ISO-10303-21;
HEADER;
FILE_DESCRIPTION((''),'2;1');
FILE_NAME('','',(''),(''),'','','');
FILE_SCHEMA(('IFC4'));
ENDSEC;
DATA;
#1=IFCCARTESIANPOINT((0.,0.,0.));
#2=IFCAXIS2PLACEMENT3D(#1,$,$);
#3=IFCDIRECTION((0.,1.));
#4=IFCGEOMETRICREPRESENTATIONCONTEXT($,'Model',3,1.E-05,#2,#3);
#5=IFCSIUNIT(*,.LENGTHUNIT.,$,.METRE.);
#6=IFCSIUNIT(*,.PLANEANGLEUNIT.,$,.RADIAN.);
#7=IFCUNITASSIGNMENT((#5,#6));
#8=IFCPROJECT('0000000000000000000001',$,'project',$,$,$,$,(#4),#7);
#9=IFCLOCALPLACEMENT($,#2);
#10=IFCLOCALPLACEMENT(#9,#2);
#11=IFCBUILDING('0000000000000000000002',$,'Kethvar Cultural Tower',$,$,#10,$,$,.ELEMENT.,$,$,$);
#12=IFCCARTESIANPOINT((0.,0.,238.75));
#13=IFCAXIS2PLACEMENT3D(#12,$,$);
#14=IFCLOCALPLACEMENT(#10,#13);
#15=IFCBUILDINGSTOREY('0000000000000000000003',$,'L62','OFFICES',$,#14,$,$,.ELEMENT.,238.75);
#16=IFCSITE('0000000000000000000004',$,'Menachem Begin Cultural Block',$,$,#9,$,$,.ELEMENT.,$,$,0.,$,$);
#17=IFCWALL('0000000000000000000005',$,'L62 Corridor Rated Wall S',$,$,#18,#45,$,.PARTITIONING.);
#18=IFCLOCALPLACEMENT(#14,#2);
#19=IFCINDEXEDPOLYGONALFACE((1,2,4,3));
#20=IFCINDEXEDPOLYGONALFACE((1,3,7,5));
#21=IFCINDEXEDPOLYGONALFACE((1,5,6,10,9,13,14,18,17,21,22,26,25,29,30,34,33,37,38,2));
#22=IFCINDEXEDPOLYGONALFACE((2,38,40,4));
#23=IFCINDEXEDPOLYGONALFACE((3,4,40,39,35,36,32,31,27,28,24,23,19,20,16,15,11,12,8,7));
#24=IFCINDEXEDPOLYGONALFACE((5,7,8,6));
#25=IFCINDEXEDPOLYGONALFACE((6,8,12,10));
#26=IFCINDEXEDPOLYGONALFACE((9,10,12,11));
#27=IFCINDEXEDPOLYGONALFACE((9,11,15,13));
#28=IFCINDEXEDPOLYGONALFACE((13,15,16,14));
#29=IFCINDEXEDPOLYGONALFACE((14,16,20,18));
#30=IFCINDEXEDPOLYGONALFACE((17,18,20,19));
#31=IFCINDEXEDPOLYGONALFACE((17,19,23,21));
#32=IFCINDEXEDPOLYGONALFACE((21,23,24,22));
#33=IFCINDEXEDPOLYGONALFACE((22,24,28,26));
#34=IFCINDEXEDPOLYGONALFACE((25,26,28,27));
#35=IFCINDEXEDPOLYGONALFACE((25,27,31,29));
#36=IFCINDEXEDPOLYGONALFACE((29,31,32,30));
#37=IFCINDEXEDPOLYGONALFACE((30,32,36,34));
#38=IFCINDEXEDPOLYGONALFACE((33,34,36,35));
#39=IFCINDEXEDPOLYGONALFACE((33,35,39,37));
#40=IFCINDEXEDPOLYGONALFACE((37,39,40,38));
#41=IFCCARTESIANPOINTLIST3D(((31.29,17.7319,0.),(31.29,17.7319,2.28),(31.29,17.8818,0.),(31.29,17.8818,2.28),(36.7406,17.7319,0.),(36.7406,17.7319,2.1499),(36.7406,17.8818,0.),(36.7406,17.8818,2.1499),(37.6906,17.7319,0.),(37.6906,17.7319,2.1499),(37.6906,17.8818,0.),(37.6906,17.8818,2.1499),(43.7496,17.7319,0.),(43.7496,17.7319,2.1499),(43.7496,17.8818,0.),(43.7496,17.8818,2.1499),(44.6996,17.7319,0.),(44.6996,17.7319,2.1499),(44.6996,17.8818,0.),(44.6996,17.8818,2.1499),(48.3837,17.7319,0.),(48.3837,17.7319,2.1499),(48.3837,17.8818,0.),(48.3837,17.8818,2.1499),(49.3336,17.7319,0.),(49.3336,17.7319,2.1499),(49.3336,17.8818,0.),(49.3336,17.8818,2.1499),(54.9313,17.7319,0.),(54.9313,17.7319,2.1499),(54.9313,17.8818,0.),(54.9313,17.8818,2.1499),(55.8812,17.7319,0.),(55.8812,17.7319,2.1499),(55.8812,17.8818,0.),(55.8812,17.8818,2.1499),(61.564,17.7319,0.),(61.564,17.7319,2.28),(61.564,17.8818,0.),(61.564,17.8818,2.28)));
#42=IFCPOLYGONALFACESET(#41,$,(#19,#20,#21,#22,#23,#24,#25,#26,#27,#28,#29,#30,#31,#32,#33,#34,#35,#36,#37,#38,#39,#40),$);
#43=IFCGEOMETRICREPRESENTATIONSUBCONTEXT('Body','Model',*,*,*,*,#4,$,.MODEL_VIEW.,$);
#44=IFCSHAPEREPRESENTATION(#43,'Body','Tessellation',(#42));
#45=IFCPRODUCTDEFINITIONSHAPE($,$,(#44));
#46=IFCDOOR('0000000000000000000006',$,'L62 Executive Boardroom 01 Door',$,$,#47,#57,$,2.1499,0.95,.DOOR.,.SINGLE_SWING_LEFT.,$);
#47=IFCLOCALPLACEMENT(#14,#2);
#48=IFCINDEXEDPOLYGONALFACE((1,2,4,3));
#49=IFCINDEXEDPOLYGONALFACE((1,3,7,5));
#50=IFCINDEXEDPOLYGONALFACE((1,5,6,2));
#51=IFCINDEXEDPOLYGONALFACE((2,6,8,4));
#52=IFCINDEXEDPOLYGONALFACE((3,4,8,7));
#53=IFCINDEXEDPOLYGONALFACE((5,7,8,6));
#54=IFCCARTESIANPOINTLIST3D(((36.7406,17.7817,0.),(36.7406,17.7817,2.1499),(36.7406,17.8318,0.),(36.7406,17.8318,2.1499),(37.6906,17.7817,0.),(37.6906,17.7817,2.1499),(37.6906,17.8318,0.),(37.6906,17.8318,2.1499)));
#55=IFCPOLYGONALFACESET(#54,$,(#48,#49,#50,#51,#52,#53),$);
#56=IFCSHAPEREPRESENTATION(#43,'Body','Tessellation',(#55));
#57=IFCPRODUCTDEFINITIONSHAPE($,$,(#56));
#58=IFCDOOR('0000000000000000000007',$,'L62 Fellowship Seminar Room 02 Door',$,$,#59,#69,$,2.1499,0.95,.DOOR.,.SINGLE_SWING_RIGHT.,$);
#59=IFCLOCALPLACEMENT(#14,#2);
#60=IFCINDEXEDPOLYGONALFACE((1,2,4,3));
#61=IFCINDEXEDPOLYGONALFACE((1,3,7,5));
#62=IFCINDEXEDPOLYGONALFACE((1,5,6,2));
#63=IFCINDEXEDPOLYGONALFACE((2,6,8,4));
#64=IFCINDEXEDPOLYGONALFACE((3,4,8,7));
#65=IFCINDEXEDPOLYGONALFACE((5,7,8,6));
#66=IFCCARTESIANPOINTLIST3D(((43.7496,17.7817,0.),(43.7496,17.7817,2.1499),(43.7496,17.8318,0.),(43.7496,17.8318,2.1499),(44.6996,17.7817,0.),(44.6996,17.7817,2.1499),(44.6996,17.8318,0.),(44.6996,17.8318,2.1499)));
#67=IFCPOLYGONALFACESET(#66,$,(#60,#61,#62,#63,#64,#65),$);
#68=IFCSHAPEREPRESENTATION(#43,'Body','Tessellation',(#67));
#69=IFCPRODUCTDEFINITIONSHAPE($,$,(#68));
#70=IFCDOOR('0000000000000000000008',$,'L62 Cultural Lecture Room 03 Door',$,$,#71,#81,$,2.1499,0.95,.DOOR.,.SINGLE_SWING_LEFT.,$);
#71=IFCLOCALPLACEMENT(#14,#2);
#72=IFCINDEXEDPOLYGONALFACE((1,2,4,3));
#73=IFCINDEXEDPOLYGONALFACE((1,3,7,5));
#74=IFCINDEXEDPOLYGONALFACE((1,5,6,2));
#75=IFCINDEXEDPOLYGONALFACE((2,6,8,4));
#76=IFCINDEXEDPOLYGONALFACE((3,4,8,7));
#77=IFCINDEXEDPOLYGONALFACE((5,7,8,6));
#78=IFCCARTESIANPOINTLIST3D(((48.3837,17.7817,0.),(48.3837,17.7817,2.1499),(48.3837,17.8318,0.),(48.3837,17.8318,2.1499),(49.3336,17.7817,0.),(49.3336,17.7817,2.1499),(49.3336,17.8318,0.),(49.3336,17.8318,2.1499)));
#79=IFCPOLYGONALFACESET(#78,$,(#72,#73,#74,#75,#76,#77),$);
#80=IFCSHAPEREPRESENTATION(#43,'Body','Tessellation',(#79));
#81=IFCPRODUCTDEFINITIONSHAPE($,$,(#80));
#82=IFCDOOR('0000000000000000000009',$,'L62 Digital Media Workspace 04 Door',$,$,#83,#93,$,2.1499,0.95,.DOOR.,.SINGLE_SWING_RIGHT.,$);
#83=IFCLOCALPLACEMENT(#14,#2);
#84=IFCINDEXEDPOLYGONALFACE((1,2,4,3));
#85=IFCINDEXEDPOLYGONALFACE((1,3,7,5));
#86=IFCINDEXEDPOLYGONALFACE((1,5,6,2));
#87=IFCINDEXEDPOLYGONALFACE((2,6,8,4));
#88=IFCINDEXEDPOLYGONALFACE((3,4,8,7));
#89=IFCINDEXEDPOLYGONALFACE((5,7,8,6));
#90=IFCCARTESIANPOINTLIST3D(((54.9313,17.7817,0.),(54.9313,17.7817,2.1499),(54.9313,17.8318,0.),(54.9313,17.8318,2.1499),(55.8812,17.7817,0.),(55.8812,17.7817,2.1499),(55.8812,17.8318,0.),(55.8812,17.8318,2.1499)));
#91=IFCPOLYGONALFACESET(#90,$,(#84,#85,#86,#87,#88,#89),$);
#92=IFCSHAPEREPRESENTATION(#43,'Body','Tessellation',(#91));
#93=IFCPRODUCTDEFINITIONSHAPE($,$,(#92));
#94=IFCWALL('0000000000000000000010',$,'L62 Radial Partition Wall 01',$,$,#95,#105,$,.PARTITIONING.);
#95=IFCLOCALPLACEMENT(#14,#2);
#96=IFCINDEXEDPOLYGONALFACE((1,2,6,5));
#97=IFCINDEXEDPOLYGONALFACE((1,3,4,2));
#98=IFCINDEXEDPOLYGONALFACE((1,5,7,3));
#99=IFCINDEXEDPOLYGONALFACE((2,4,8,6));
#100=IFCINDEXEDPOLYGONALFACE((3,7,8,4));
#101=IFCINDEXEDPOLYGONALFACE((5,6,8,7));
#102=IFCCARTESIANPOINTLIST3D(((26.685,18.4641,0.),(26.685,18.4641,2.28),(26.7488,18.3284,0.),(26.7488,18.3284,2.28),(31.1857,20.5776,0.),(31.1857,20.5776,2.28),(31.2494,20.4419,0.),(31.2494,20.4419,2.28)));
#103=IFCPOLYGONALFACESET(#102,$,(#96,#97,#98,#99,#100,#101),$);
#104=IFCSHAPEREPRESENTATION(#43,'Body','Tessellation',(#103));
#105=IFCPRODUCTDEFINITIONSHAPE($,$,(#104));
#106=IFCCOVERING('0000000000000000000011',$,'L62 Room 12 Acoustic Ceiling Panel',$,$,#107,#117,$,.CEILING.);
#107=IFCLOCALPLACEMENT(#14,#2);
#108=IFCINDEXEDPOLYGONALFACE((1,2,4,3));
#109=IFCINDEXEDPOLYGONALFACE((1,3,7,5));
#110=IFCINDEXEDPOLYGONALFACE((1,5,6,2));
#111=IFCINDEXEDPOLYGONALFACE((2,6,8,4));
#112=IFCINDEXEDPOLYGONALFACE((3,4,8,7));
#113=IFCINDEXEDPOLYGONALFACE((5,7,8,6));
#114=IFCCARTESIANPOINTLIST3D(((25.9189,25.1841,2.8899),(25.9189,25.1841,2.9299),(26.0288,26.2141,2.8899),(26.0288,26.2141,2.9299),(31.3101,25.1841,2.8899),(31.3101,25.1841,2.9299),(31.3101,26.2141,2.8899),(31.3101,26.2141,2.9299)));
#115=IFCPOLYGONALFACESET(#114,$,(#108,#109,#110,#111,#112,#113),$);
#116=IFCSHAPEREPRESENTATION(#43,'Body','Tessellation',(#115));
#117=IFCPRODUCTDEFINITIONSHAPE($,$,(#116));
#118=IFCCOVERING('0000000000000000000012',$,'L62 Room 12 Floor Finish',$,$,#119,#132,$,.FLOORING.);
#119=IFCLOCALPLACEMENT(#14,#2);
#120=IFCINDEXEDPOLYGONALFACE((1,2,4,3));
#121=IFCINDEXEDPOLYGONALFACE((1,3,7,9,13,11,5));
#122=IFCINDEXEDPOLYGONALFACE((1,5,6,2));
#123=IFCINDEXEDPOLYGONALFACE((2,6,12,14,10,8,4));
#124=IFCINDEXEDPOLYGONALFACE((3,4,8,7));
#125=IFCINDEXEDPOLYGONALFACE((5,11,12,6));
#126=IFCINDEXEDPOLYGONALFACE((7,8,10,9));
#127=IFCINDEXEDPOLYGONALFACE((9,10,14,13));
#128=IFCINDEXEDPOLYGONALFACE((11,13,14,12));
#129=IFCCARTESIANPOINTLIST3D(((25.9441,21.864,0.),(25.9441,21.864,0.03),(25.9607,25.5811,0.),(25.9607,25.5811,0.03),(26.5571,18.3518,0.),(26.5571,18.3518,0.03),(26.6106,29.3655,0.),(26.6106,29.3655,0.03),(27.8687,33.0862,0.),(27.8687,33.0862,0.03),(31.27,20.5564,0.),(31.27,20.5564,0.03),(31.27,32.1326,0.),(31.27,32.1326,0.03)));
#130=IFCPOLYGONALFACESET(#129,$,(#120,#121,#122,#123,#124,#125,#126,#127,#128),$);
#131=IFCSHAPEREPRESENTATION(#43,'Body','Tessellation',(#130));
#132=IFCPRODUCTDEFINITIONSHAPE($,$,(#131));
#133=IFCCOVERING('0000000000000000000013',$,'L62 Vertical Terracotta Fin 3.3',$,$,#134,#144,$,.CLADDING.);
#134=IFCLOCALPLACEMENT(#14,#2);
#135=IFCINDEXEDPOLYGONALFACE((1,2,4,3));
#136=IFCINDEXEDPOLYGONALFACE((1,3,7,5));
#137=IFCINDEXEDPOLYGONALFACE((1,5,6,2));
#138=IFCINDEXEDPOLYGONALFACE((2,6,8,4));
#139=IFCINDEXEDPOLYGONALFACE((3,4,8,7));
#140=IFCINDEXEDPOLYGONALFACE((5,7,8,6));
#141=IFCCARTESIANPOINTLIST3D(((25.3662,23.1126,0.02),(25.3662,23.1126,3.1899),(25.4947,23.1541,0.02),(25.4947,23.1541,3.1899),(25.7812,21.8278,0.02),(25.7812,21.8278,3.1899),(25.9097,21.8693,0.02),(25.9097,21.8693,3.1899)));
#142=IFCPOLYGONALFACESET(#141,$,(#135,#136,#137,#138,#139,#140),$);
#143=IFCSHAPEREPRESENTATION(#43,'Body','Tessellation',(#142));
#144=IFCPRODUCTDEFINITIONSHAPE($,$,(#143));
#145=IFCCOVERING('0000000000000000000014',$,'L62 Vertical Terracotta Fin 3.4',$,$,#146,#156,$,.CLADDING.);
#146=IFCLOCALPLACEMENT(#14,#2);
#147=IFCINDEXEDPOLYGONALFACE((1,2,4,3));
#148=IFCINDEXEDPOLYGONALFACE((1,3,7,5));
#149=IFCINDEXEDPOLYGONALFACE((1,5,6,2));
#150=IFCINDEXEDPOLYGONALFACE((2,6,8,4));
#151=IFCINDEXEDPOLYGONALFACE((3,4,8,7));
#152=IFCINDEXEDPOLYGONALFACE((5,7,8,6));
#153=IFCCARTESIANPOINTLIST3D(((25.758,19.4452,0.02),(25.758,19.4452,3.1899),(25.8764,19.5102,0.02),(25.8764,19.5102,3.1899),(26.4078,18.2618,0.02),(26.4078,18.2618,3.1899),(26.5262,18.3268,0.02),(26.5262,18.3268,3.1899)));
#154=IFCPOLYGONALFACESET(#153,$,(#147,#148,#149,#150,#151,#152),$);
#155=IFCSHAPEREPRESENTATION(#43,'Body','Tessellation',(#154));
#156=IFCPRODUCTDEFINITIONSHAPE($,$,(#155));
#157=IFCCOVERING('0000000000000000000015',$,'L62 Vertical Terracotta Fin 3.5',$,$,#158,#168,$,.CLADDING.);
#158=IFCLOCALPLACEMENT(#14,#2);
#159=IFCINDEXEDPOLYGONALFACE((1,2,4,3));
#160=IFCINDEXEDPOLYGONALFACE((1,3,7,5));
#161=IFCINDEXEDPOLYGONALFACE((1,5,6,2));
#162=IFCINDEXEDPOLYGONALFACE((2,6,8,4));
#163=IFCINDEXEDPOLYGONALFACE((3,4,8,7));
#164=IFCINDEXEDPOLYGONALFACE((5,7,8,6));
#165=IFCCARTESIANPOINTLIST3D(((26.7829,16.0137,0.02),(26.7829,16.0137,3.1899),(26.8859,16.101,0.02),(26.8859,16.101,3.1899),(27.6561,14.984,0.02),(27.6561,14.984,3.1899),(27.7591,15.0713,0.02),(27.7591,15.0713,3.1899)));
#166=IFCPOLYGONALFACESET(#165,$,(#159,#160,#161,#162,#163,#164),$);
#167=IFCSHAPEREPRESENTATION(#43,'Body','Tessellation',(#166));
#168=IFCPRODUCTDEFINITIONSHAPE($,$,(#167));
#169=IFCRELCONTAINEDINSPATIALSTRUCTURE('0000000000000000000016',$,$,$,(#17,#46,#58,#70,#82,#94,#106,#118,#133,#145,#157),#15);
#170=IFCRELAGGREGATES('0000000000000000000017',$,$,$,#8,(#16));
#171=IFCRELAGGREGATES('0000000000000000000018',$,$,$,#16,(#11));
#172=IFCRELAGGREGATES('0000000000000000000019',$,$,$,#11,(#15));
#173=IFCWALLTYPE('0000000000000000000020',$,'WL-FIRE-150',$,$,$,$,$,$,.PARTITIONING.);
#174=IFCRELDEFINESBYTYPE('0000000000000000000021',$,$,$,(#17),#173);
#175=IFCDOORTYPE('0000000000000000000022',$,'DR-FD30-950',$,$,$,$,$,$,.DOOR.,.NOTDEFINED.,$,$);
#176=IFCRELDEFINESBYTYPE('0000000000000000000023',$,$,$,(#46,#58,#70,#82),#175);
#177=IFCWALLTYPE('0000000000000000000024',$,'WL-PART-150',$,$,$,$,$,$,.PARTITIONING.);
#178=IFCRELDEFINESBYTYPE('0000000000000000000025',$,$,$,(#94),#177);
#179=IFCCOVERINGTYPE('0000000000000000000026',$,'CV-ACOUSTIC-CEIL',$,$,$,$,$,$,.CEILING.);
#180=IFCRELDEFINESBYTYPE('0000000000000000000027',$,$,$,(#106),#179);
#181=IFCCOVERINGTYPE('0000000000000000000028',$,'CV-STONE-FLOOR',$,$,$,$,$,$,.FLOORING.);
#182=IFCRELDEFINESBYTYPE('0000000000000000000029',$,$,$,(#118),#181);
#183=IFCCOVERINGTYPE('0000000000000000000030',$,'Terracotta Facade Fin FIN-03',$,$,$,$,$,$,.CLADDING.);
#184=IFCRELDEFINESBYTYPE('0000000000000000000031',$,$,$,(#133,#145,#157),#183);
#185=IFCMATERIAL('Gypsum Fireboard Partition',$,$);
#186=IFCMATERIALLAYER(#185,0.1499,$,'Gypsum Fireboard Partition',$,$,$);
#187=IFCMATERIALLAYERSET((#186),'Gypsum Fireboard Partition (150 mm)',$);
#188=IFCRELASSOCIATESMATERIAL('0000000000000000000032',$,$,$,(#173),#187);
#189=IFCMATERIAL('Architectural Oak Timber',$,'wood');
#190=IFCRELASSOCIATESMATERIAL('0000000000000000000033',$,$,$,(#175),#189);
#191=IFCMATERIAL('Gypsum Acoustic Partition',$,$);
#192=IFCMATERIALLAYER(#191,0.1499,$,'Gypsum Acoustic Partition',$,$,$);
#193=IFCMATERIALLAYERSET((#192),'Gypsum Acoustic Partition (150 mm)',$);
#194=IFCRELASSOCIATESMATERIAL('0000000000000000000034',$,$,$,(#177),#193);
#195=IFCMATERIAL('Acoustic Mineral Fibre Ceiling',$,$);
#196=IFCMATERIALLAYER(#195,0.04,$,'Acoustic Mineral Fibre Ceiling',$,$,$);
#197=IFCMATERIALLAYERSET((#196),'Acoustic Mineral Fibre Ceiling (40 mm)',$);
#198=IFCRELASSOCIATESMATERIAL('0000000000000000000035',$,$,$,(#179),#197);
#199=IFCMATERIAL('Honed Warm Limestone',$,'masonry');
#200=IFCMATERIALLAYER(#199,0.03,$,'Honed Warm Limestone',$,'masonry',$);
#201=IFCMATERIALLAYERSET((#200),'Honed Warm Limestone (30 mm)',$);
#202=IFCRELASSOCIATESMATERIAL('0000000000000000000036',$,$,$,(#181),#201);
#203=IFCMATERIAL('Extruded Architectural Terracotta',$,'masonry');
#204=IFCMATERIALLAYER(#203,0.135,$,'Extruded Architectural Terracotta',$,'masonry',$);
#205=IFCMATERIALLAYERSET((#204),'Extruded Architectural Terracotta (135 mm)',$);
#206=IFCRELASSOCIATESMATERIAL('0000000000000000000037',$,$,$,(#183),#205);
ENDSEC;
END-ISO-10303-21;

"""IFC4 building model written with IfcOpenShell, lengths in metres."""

from ifc_helpers import new_model, si_unit, direction, frame, frame_2d, origin, origin_2d, place, context, subcontext, project, spatial, polyline, rectangle, outline, extrude, source, transform, mapped, material, layer, layer_set, type_object, element, fill, save


model = new_model("IFC4")

# Units and contexts
model_context = context("Model", 3, precision=1e-05, world=origin(), true_north=direction((0.0, 1.0)))
body_context = subcontext(model_context, "Body", "Model", "MODEL_VIEW")
ifc_project = project(units=[si_unit("LENGTHUNIT", "METRE"), si_unit("PLANEANGLEUNIT", "RADIAN")], contexts=[model_context])

# Site, building, storey
site_placement = place(None, origin())
site = spatial("IfcSite", under=ifc_project, at=site_placement, Name="Menachem Begin Cultural Block", CompositionType="ELEMENT", RefElevation=0.0)
building_placement = place(site_placement, origin())
building = spatial("IfcBuilding", under=site, at=building_placement, Name="Kethvar Cultural Tower", CompositionType="ELEMENT")
storey_placement = place(building_placement, frame((0.0, 0.0, 238.75)))
storey = spatial("IfcBuildingStorey", under=building, at=storey_placement, Name="L62", Description="OFFICES", CompositionType="ELEMENT", Elevation=238.75)

# Wall, openings, doors
ifc_material_1 = material(Name="Gypsum Fireboard Partition")
ifc_layer_1 = layer(ifc_material_1, 0.1499, Name="Gypsum Fireboard Partition")
ifc_layer_set_1 = layer_set([ifc_layer_1], Name="Gypsum Fireboard Partition (150 mm)")
wall_type_1 = type_object("IfcWallType", Name="WL-FIRE-150", PredefinedType="PARTITIONING", material=ifc_layer_set_1)
wall_1_placement = place(storey_placement, frame((31.29, 17.8069, 0.0), z_axis=(0.0, 0.0, 1.0), x_axis=(1.0, 0.0, 0.0)))
wall_1 = element("IfcWall", 1, at=wall_1_placement, inside=storey, type_object=wall_type_1, Name="L62 Corridor Rated Wall S", PredefinedType="PARTITIONING", context=body_context, shape_type="SweptSolid", body=[
    extrude(rectangle(XDim=30.2739, YDim=0.1499, at=frame_2d((15.137, 0.0))), origin(), (0.0, 0.0, 1.0), 2.28),
])
opening_1_placement = place(wall_1_placement, frame((5.4504, 0.0, 0.0)))
opening_1 = element("IfcOpeningElement", 2, at=opening_1_placement, cuts=wall_1, PredefinedType="OPENING", context=body_context, shape_type="SweptSolid", body=[
    extrude(rectangle(XDim=0.95, YDim=2.1499, at=frame_2d((0.4751, 1.075))), frame((0.0, 0.085, 0.0), z_axis=(0.0, -1.0, 0.0), x_axis=(1.0, 0.0, 0.0)), (0.0, 0.0, 1.0), 0.1699),
])
opening_2_placement = place(wall_1_placement, frame((12.4595, 0.0, 0.0)))
opening_2 = element("IfcOpeningElement", 3, at=opening_2_placement, cuts=wall_1, PredefinedType="OPENING", context=body_context, shape_type="SweptSolid", body=[
    extrude(rectangle(XDim=0.95, YDim=2.1499, at=frame_2d((0.4751, 1.075))), frame((0.0, 0.085, 0.0), z_axis=(0.0, -1.0, 0.0), x_axis=(1.0, 0.0, 0.0)), (0.0, 0.0, 1.0), 0.1699),
])
opening_3_placement = place(wall_1_placement, frame((17.0935, 0.0, 0.0)))
opening_3 = element("IfcOpeningElement", 4, at=opening_3_placement, cuts=wall_1, PredefinedType="OPENING", context=body_context, shape_type="SweptSolid", body=[
    extrude(rectangle(XDim=0.95, YDim=2.1499, at=frame_2d((0.4751, 1.075))), frame((0.0, 0.085, 0.0), z_axis=(0.0, -1.0, 0.0), x_axis=(1.0, 0.0, 0.0)), (0.0, 0.0, 1.0), 0.1699),
])
opening_4_placement = place(wall_1_placement, frame((23.6411, 0.0, 0.0)))
opening_4 = element("IfcOpeningElement", 5, at=opening_4_placement, cuts=wall_1, PredefinedType="OPENING", context=body_context, shape_type="SweptSolid", body=[
    extrude(rectangle(XDim=0.95, YDim=2.1499, at=frame_2d((0.4751, 1.075))), frame((0.0, 0.085, 0.0), z_axis=(0.0, -1.0, 0.0), x_axis=(1.0, 0.0, 0.0)), (0.0, 0.0, 1.0), 0.1699),
])
ifc_material_2 = material(Name="Architectural Oak Timber", Category="wood")
door_type = type_object("IfcDoorType", Name="DR-FD30-950", OperationType="NOTDEFINED", PredefinedType="DOOR", material=ifc_material_2)
shared_shape_1 = source(origin(), body_context, "Body", "SweptSolid", [
    extrude(rectangle(XDim=0.95, YDim=2.1499, at=frame_2d((0.4751, 1.075))), frame((0.0, 0.0249, 0.0), z_axis=(0.0, -1.0, 0.0), x_axis=(1.0, 0.0, 0.0)), (0.0, 0.0, 1.0), 0.05),
])
door_1_placement = place(opening_1_placement, origin())
door_1 = element("IfcDoor", 6, at=door_1_placement, inside=storey, type_object=door_type, Name="L62 Executive Boardroom 01 Door", OperationType="SINGLE_SWING_LEFT", OverallHeight=2.1499, OverallWidth=0.95, PredefinedType="DOOR", context=body_context, shape_type="MappedRepresentation", body=[
    mapped(shared_shape_1, transform((0.0, 0.0, 0.0), scale=1.0)),
])
fill(opening_1, door_1)
door_2_placement = place(opening_2_placement, origin())
door_2 = element("IfcDoor", 7, at=door_2_placement, inside=storey, type_object=door_type, Name="L62 Fellowship Seminar Room 02 Door", OperationType="SINGLE_SWING_RIGHT", OverallHeight=2.1499, OverallWidth=0.95, PredefinedType="DOOR", context=body_context, shape_type="MappedRepresentation", body=[
    mapped(shared_shape_1, transform((0.0, 0.0, 0.0), scale=1.0)),
])
fill(opening_2, door_2)
door_3_placement = place(opening_3_placement, origin())
door_3 = element("IfcDoor", 8, at=door_3_placement, inside=storey, type_object=door_type, Name="L62 Cultural Lecture Room 03 Door", OperationType="SINGLE_SWING_LEFT", OverallHeight=2.1499, OverallWidth=0.95, PredefinedType="DOOR", context=body_context, shape_type="MappedRepresentation", body=[
    mapped(shared_shape_1, transform((0.0, 0.0, 0.0), scale=1.0)),
])
fill(opening_3, door_3)
door_4_placement = place(opening_4_placement, origin())
door_4 = element("IfcDoor", 9, at=door_4_placement, inside=storey, type_object=door_type, Name="L62 Digital Media Workspace 04 Door", OperationType="SINGLE_SWING_RIGHT", OverallHeight=2.1499, OverallWidth=0.95, PredefinedType="DOOR", context=body_context, shape_type="MappedRepresentation", body=[
    mapped(shared_shape_1, transform((0.0, 0.0, 0.0), scale=1.0)),
])
fill(opening_4, door_4)

# Wall
ifc_material_3 = material(Name="Gypsum Acoustic Partition")
ifc_layer_2 = layer(ifc_material_3, 0.1499, Name="Gypsum Acoustic Partition")
ifc_layer_set_2 = layer_set([ifc_layer_2], Name="Gypsum Acoustic Partition (150 mm)")
wall_type_2 = type_object("IfcWallType", Name="WL-PART-150", PredefinedType="PARTITIONING", material=ifc_layer_set_2)
wall_2_placement = place(storey_placement, frame((31.2175, 20.5098, 0.0), z_axis=(0.0, 0.0, 1.0), x_axis=(-0.905164, -0.425062, 0.0)))
element("IfcWall", 10, at=wall_2_placement, inside=storey, type_object=wall_type_2, Name="L62 Radial Partition Wall 01", PredefinedType="PARTITIONING", context=body_context, shape_type="SweptSolid", body=[
    extrude(rectangle(XDim=4.9722, YDim=0.1499, at=frame_2d((2.4861, 0.0))), origin(), (0.0, 0.0, 1.0), 2.28),
])

# Coverings
ifc_material_4 = material(Name="Acoustic Mineral Fibre Ceiling")
ifc_layer_3 = layer(ifc_material_4, 0.04, Name="Acoustic Mineral Fibre Ceiling")
ifc_layer_set_3 = layer_set([ifc_layer_3], Name="Acoustic Mineral Fibre Ceiling (40 mm)")
covering_type_1 = type_object("IfcCoveringType", Name="CV-ACOUSTIC-CEIL", PredefinedType="CEILING", material=ifc_layer_set_3)
covering_1_placement = place(storey_placement, frame((0.0, 0.0, 2.8899)))
element("IfcCovering", 11, at=covering_1_placement, inside=storey, type_object=covering_type_1, Name="L62 Room 12 Acoustic Ceiling Panel", PredefinedType="CEILING", context=body_context, shape_type="SweptSolid", body=[
    extrude(outline(polyline([(25.9189, 25.1841), (26.0288, 26.2141), (31.3101, 26.2141), (31.3101, 25.1841), (25.9189, 25.1841)])), origin(), (0.0, 0.0, 1.0), 0.04),
])
ifc_material_5 = material(Name="Honed Warm Limestone", Category="masonry")
ifc_layer_4 = layer(ifc_material_5, 0.03, Name="Honed Warm Limestone", Category="masonry")
ifc_layer_set_4 = layer_set([ifc_layer_4], Name="Honed Warm Limestone (30 mm)")
covering_type_2 = type_object("IfcCoveringType", Name="CV-STONE-FLOOR", PredefinedType="FLOORING", material=ifc_layer_set_4)
covering_2_placement = place(storey_placement, origin())
element("IfcCovering", 12, at=covering_2_placement, inside=storey, type_object=covering_type_2, Name="L62 Room 12 Floor Finish", PredefinedType="FLOORING", context=body_context, shape_type="SweptSolid", body=[
    extrude(outline(polyline([(25.9441, 21.864), (25.9607, 25.5811), (26.6106, 29.3655), (27.8687, 33.0862), (31.27, 32.1326), (31.27, 20.5564), (26.5571, 18.3518), (25.9441, 21.864)])), origin(), (0.0, 0.0, 1.0), 0.03),
])
ifc_material_6 = material(Name="Extruded Architectural Terracotta", Category="masonry")
ifc_layer_5 = layer(ifc_material_6, 0.135, Name="Extruded Architectural Terracotta", Category="masonry")
ifc_layer_set_5 = layer_set([ifc_layer_5], Name="Extruded Architectural Terracotta (135 mm)")
covering_type_3 = type_object("IfcCoveringType", Name="Terracotta Facade Fin FIN-03", PredefinedType="CLADDING", material=ifc_layer_set_5)
shared_shape_2 = source(origin(), body_context, "Body", "SweptSolid", [
    extrude(rectangle(XDim=1.3501, YDim=0.135, at=origin_2d()), origin(), (0.0, 0.0, 1.0), 3.1699),
])
for number, where, z_axis, x_axis, name in (
    (13, (25.6379, 22.491, 0.02), (0.0, 0.0, 1.0), (-0.307357, 0.951594, 0.0), "L62 Vertical Terracotta Fin 3.3"),
    (14, (26.1421, 18.886, 0.02), (0.0, 0.0, 1.0), (-0.481295, 0.876559, 0.0), "L62 Vertical Terracotta Fin 3.4"),
    (15, (27.271, 15.5425, 0.02), (0.0, 0.0, 1.0), (-0.64679, 0.762668, 0.0), "L62 Vertical Terracotta Fin 3.5"),
):
    element("IfcCovering", number, at=place(storey_placement, frame(where, z_axis=z_axis, x_axis=x_axis)), inside=storey, type_object=covering_type_3, Name=name, PredefinedType="CLADDING", context=body_context, shape_type="MappedRepresentation", body=[
        mapped(shared_shape_2, transform((0.0, 0.0, 0.0), scale=1.0)),
    ])

save(model, "model.ifc")
